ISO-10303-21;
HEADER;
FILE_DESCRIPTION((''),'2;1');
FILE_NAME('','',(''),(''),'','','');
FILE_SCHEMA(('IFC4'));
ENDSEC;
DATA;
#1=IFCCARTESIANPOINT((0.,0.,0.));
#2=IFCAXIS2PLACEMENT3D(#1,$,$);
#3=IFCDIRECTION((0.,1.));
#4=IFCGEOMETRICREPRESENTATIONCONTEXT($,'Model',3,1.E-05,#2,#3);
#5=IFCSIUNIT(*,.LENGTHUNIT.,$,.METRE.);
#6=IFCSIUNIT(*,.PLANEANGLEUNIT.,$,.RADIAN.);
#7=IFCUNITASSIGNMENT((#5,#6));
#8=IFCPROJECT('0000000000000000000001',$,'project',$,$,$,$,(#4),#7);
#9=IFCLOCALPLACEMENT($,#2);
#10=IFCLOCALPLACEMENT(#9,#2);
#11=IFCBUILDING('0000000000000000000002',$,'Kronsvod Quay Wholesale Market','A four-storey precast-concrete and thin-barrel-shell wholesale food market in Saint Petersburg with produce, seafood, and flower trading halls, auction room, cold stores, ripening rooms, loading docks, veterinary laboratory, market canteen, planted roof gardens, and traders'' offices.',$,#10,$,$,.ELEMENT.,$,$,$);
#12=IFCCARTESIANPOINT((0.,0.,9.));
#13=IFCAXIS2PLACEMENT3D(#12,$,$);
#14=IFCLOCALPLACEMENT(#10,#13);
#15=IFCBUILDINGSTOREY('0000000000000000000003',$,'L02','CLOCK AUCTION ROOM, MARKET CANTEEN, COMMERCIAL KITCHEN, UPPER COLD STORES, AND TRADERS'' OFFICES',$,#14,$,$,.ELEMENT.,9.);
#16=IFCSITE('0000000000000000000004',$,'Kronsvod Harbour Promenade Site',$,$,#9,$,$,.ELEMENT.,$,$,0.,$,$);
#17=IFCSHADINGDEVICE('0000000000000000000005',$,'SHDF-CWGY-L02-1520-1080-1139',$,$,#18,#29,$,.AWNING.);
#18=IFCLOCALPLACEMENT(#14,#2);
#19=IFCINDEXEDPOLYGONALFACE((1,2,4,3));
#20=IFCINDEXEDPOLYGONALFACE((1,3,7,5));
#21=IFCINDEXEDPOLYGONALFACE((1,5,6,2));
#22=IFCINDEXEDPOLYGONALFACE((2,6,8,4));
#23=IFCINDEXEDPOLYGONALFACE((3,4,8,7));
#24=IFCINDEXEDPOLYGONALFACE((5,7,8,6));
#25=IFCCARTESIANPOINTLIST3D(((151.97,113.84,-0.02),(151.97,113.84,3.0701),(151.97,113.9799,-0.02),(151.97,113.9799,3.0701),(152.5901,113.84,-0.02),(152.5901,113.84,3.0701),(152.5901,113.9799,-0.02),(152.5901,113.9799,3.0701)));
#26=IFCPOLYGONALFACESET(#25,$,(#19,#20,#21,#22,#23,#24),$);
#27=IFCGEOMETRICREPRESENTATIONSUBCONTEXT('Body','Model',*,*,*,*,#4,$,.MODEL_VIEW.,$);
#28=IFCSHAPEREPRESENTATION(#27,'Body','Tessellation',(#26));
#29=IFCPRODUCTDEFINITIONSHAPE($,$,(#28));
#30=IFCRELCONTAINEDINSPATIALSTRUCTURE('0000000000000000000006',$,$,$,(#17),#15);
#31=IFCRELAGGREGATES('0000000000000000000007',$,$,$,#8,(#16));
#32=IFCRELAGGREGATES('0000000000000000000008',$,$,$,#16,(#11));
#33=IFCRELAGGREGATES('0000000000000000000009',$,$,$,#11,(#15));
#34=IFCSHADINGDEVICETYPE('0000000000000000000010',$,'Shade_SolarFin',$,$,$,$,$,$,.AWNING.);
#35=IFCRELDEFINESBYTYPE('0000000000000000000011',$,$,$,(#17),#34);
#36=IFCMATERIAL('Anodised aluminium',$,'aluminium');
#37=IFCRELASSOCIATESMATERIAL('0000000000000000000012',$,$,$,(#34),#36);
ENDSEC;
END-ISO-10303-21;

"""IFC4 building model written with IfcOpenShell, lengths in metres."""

from ifc_helpers import new_model, si_unit, direction, frame, origin, origin_2d, place, context, subcontext, project, spatial, rectangle, extrude, material, type_object, element, save


model = new_model("IFC4")

# Units and contexts
model_context = context("Model", 3, precision=1e-05, world=origin(), true_north=direction((0.0, 1.0)))
body_context = subcontext(model_context, "Body", "Model", "MODEL_VIEW")
ifc_project = project(units=[si_unit("LENGTHUNIT", "METRE"), si_unit("PLANEANGLEUNIT", "RADIAN")], contexts=[model_context])

# Site, building, storey
site_placement = place(None, origin())
site = spatial("IfcSite", under=ifc_project, at=site_placement, Name="Kronsvod Harbour Promenade Site", CompositionType="ELEMENT", RefElevation=0.0)
building_placement = place(site_placement, origin())
building = spatial("IfcBuilding", under=site, at=building_placement, Name="Kronsvod Quay Wholesale Market", Description="A four-storey precast-concrete and thin-barrel-shell wholesale food market in Saint Petersburg with produce, seafood, and flower trading halls, auction room, cold stores, ripening rooms, loading docks, veterinary laboratory, market canteen, planted roof gardens, and traders' offices.", CompositionType="ELEMENT")
storey_placement = place(building_placement, frame((0.0, 0.0, 9.0)))
storey = spatial("IfcBuildingStorey", under=building, at=storey_placement, Name="L02", Description="CLOCK AUCTION ROOM, MARKET CANTEEN, COMMERCIAL KITCHEN, UPPER COLD STORES, AND TRADERS' OFFICES", CompositionType="ELEMENT", Elevation=9.0)

# Shading device
ifc_material_1 = material(Name="Anodised aluminium", Category="aluminium")
shading_device_type = type_object("IfcShadingDeviceType", Name="Shade_SolarFin", PredefinedType="AWNING", material=ifc_material_1)
for number, where, z_axis, x_axis, name in (
    (1, (152.28, 113.9099, -0.02), (0.0, 0.0, 1.0), (1.0, 0.0, 0.0), "SHDF-CWGY-L02-1520-1080-1139"),
):
    element("IfcShadingDevice", number, at=place(storey_placement, frame(where, z_axis=z_axis, x_axis=x_axis)), inside=storey, type_object=shading_device_type, Name=name, PredefinedType="AWNING", context=body_context, shape_type="SweptSolid", body=[
        extrude(rectangle(XDim=0.6201, YDim=0.1399, at=origin_2d()), origin(), (0.0, 0.0, 1.0), 3.0901),
    ])

save(model, "model.ifc")
